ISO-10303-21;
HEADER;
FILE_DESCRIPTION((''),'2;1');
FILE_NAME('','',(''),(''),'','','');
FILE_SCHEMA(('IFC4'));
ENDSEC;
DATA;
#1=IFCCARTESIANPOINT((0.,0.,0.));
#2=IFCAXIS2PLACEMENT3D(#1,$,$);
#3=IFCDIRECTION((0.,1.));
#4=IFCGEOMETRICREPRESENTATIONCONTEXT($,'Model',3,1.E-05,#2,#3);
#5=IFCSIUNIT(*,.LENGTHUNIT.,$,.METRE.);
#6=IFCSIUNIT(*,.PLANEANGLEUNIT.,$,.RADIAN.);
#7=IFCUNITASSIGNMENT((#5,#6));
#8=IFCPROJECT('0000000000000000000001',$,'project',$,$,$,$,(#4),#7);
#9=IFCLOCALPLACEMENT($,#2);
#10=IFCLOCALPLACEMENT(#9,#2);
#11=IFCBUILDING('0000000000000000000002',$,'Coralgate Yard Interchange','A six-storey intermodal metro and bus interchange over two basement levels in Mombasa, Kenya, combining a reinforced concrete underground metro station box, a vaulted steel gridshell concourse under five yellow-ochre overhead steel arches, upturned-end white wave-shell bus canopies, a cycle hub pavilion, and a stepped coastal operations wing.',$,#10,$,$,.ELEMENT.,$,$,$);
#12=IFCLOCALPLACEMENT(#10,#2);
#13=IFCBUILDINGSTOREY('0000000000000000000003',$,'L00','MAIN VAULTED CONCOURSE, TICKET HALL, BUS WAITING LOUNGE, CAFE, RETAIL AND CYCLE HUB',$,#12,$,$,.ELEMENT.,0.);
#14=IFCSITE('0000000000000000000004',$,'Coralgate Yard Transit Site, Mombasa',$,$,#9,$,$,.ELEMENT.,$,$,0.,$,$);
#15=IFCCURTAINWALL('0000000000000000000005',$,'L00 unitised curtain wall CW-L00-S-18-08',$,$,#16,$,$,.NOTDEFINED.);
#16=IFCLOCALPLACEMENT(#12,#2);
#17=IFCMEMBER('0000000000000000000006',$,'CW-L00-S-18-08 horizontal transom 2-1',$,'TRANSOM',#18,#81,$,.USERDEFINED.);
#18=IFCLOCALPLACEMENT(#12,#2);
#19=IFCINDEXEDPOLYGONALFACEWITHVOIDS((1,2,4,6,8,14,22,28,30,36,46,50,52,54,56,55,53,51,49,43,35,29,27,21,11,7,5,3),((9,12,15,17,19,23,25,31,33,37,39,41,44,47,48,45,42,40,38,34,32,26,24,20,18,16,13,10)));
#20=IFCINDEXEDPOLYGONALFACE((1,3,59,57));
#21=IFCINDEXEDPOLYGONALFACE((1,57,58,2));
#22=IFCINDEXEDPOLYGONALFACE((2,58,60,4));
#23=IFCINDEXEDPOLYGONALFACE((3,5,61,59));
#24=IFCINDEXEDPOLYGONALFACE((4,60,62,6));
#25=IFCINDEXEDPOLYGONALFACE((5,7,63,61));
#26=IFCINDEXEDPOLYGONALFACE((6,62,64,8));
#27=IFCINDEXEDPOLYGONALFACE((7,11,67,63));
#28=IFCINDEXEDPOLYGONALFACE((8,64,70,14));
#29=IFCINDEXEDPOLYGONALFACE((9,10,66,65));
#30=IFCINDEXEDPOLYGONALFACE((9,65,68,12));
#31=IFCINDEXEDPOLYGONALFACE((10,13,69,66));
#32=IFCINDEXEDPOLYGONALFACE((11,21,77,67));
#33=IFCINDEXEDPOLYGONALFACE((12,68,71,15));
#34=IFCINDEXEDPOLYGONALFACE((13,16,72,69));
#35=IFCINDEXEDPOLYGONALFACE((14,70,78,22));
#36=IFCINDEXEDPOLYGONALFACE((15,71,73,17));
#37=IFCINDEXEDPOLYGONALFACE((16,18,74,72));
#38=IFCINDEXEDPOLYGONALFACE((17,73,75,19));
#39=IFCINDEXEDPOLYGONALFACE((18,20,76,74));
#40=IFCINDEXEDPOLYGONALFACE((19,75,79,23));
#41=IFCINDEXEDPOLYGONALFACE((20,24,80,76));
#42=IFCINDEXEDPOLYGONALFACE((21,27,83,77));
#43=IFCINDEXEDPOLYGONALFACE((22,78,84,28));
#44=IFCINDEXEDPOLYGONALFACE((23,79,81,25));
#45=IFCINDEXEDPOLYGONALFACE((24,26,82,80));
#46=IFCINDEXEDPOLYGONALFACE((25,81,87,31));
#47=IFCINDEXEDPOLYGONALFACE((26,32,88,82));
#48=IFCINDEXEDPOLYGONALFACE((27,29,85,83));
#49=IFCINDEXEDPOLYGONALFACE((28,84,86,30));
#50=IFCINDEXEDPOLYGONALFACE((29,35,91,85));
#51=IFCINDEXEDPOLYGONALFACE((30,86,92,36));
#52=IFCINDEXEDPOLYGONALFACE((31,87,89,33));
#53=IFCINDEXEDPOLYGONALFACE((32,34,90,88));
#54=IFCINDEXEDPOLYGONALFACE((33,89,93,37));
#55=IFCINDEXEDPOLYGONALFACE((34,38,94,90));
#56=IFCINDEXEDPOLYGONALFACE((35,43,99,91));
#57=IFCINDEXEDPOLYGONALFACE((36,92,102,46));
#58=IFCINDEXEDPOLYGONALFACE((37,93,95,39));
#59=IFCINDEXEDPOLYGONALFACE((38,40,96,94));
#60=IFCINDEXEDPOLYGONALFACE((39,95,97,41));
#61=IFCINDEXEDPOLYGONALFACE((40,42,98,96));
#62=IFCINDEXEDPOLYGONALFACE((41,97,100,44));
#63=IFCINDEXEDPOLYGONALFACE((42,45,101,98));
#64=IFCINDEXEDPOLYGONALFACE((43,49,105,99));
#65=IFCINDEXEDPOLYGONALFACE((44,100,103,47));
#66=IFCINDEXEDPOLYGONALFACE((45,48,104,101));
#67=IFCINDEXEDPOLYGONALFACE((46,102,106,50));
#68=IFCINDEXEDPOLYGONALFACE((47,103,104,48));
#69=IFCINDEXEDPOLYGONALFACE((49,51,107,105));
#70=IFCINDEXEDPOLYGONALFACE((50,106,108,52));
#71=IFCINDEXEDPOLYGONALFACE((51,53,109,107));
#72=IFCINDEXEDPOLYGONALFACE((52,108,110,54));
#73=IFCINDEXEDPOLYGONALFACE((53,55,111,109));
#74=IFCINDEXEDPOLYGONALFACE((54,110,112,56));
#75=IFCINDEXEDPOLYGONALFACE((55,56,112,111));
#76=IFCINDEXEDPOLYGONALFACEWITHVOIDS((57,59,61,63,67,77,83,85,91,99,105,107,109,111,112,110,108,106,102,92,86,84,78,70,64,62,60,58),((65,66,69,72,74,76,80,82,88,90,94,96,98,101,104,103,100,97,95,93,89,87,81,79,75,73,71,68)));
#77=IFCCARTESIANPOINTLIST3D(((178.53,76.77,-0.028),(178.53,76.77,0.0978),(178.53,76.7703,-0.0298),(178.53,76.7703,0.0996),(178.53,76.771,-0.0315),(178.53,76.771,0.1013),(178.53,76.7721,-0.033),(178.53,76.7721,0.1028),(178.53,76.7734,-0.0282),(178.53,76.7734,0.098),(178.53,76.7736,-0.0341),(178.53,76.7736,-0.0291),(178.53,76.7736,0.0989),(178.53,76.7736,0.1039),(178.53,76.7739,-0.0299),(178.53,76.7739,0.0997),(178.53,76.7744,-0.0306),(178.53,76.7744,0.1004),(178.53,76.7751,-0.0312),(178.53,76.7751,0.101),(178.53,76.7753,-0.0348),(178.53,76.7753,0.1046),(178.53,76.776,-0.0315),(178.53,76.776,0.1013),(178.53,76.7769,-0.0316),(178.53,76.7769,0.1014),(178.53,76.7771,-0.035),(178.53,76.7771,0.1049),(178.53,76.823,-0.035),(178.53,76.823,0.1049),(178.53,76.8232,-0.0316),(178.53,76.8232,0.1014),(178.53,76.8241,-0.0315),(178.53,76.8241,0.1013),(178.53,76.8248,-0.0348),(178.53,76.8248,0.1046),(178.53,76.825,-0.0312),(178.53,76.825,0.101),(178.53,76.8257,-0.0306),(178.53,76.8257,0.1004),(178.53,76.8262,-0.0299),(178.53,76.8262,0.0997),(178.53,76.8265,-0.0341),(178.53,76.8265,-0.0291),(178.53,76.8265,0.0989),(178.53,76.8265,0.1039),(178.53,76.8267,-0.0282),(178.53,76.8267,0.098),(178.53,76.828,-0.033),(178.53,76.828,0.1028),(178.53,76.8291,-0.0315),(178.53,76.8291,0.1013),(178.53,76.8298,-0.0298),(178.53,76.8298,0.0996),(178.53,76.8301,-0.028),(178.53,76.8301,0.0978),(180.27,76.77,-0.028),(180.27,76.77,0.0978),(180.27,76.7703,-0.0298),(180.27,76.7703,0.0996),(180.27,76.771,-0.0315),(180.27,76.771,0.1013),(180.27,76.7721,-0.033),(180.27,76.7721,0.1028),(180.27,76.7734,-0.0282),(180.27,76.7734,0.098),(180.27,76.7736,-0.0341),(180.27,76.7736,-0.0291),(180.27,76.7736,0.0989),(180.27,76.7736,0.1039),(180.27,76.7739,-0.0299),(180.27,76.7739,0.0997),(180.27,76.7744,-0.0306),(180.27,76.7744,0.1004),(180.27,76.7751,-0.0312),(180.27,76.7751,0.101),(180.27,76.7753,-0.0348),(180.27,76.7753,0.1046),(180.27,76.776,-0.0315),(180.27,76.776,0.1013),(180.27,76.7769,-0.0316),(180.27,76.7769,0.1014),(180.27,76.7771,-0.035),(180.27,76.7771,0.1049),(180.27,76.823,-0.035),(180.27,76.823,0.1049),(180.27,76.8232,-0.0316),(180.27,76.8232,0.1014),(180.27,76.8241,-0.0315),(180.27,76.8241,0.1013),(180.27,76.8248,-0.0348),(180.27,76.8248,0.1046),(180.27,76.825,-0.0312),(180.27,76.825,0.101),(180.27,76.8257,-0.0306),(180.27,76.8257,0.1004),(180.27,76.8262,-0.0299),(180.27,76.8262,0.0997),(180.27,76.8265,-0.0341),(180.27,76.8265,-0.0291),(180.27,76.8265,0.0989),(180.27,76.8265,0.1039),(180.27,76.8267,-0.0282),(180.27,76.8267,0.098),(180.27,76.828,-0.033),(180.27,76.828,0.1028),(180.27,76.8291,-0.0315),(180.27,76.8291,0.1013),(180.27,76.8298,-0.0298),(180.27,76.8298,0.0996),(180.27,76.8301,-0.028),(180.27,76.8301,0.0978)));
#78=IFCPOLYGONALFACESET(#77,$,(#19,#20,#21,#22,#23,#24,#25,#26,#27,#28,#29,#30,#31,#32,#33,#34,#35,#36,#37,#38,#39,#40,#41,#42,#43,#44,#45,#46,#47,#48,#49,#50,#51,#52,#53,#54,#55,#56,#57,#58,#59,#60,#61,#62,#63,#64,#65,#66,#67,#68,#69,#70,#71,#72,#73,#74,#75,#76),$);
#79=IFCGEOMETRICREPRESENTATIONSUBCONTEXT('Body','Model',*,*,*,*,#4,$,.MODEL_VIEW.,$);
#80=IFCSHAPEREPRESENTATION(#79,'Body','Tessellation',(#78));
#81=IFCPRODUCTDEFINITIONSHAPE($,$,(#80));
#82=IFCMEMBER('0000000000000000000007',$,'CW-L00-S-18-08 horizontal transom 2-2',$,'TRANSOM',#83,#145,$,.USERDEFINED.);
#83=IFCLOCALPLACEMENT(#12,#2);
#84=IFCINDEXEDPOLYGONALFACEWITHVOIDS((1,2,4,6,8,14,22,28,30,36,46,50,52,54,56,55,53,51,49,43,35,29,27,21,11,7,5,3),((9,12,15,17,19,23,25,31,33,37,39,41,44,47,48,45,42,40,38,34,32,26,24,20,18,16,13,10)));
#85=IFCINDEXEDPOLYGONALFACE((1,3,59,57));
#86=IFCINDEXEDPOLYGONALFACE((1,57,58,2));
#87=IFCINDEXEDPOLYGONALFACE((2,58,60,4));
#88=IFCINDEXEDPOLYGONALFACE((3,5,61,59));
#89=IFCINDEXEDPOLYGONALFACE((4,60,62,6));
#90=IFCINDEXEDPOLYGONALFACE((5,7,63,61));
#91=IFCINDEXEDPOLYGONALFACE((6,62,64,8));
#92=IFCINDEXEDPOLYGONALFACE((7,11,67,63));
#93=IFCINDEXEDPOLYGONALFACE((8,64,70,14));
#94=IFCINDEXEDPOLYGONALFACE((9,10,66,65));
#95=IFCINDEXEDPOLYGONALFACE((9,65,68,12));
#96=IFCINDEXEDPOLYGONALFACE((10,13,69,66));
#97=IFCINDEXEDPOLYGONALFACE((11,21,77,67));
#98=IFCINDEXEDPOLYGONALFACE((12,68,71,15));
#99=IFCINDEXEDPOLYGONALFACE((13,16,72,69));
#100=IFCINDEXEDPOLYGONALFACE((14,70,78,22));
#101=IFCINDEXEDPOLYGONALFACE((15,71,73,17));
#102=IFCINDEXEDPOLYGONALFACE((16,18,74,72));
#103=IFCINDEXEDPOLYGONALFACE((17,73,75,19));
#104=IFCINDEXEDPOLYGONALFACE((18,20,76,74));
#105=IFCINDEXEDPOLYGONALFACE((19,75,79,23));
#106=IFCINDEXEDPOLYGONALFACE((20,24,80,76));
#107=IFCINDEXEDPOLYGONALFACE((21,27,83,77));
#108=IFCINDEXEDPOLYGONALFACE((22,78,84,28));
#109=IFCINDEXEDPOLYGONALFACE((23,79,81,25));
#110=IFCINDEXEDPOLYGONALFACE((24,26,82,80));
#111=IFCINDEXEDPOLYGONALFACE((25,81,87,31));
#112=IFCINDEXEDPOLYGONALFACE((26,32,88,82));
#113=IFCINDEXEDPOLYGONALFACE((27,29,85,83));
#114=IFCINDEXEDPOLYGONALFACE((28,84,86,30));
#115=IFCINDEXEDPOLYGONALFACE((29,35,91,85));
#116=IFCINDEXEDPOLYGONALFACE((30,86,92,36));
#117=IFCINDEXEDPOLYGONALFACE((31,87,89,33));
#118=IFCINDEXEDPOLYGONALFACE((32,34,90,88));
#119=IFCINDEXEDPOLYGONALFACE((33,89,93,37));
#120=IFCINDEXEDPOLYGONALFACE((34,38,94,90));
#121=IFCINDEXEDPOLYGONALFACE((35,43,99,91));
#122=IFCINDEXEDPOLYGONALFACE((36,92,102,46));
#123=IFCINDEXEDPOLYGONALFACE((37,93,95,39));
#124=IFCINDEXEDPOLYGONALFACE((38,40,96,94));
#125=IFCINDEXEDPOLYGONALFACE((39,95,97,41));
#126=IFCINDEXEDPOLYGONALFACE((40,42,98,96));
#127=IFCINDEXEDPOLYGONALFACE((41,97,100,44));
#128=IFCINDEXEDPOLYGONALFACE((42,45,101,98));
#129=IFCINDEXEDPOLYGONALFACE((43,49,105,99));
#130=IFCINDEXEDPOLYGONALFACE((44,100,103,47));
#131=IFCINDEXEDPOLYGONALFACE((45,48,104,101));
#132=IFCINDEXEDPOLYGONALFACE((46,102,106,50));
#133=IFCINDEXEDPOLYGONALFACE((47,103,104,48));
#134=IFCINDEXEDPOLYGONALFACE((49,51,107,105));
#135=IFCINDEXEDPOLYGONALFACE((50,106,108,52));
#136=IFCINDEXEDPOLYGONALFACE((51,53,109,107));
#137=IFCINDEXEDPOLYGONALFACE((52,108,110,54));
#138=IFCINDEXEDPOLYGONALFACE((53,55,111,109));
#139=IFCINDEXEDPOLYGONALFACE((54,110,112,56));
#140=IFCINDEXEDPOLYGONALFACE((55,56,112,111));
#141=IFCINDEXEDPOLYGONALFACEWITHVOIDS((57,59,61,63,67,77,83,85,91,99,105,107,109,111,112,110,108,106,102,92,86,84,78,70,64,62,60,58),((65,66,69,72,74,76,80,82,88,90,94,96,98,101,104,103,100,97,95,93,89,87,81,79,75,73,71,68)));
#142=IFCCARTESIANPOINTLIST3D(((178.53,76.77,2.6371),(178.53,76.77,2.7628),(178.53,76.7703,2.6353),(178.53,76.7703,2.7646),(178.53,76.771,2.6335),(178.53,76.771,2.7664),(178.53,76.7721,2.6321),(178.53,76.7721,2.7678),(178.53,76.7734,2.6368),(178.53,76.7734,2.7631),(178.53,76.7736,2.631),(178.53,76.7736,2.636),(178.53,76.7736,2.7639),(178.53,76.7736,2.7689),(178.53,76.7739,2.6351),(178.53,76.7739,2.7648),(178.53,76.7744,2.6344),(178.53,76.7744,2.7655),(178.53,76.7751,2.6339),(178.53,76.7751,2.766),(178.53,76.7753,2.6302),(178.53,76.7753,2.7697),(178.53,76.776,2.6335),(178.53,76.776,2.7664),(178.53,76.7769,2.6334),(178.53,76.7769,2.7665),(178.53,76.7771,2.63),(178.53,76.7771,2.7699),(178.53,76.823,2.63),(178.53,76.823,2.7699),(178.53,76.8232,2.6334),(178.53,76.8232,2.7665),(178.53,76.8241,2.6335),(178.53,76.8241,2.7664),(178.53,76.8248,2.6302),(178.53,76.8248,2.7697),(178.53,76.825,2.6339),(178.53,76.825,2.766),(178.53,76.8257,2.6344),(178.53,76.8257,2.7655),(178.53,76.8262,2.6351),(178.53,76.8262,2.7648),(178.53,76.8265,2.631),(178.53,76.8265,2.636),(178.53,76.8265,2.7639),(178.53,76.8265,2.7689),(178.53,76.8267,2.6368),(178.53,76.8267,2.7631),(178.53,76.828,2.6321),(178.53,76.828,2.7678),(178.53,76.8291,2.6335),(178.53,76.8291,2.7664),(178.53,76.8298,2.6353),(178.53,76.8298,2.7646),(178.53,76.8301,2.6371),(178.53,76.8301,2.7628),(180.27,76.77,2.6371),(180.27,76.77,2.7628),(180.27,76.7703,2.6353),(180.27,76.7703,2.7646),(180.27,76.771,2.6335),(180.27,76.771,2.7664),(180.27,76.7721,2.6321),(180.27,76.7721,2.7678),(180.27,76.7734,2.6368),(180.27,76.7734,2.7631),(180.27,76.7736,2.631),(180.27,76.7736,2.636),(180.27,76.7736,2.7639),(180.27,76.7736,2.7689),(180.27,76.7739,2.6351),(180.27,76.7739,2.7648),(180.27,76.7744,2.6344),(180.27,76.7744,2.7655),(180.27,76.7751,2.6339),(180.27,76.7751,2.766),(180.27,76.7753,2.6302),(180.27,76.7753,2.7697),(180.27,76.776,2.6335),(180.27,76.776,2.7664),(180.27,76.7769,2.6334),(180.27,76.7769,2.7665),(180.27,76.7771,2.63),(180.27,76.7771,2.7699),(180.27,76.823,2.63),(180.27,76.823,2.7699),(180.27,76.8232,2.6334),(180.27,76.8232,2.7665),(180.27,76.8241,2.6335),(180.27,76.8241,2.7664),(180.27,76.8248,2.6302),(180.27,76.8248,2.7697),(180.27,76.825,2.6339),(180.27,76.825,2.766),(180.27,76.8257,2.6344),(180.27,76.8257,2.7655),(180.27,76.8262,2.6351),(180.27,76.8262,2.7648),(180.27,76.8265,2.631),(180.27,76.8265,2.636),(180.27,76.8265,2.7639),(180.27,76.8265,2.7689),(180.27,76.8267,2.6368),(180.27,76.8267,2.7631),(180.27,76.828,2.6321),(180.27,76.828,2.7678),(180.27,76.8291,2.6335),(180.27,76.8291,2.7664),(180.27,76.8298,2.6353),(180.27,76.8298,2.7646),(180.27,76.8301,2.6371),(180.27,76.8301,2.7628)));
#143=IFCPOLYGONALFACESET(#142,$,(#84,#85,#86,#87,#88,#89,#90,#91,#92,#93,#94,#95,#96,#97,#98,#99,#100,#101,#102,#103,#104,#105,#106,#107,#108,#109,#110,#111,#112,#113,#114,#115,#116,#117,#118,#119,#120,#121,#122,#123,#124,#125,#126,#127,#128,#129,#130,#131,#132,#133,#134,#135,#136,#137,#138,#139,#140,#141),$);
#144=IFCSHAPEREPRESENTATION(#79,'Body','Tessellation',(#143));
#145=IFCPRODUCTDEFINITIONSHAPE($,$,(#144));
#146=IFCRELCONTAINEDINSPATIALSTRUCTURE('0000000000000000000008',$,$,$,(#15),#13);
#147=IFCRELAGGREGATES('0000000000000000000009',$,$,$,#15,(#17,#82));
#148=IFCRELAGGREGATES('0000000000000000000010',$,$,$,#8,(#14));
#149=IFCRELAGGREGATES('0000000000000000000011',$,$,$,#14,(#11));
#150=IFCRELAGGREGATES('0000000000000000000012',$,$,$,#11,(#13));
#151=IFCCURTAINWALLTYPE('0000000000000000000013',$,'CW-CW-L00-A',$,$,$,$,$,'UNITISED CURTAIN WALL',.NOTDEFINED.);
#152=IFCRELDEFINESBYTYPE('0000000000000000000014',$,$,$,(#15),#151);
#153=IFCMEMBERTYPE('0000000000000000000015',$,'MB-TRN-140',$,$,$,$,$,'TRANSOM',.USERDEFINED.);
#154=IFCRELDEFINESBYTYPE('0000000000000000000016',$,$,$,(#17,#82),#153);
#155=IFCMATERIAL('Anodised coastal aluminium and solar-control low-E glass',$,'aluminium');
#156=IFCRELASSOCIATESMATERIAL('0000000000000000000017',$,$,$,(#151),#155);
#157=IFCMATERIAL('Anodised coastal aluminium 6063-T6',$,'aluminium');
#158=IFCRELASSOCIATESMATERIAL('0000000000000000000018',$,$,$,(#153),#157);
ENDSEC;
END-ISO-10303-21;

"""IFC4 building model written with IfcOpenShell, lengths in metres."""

from ifc_helpers import new_model, si_unit, direction, frame, origin, origin_2d, place, context, subcontext, project, spatial, hollow_rectangle, extrude, material, material_profile, profile_set, type_object, element, aggregate, save


model = new_model("IFC4")

# Units and contexts
model_context = context("Model", 3, precision=1e-05, world=origin(), true_north=direction((0.0, 1.0)))
body_context = subcontext(model_context, "Body", "Model", "MODEL_VIEW")
ifc_project = project(units=[si_unit("LENGTHUNIT", "METRE"), si_unit("PLANEANGLEUNIT", "RADIAN")], contexts=[model_context])

# Site, building, storey
site_placement = place(None, origin())
site = spatial("IfcSite", under=ifc_project, at=site_placement, Name="Coralgate Yard Transit Site, Mombasa", CompositionType="ELEMENT", RefElevation=0.0)
building_placement = place(site_placement, origin())
building = spatial("IfcBuilding", under=site, at=building_placement, Name="Coralgate Yard Interchange", Description="A six-storey intermodal metro and bus interchange over two basement levels in Mombasa, Kenya, combining a reinforced concrete underground metro station box, a vaulted steel gridshell concourse under five yellow-ochre overhead steel arches, upturned-end white wave-shell bus canopies, a cycle hub pavilion, and a stepped coastal operations wing.", CompositionType="ELEMENT")
storey_placement = place(building_placement, origin())
storey = spatial("IfcBuildingStorey", under=building, at=storey_placement, Name="L00", Description="MAIN VAULTED CONCOURSE, TICKET HALL, BUS WAITING LOUNGE, CAFE, RETAIL AND CYCLE HUB", CompositionType="ELEMENT", Elevation=0.0)

# Curtain wall
ifc_material_1 = material(Name="Anodised coastal aluminium and solar-control low-E glass", Category="aluminium")
curtain_wall_type_1 = type_object("IfcCurtainWallType", Name="CW-CW-L00-A", ElementType="UNITISED CURTAIN WALL", PredefinedType="NOTDEFINED", material=ifc_material_1)
curtain_wall_1_placement = place(storey_placement, origin())
curtain_wall_1 = element("IfcCurtainWall", 1, at=curtain_wall_1_placement, inside=storey, type_object=curtain_wall_type_1, Name="L00 unitised curtain wall CW-L00-S-18-08", PredefinedType="NOTDEFINED")
ifc_material_2 = material(Name="Anodised coastal aluminium 6063-T6", Category="aluminium")

# Members
ifc_material_profile_1 = material_profile(ifc_material_2, hollow_rectangle(XDim=0.0601, YDim=0.1399, WallThickness=0.0034, InnerFilletRadius=0.0034, OuterFilletRadius=0.0071, at=origin_2d()), Name="ALU 60x140x3.5")
ifc_profile_set_1 = profile_set([ifc_material_profile_1], Name="Anodised coastal aluminium 6063-T6")
member_type_1 = type_object("IfcMemberType", Name="MB-TRN-140", ElementType="TRANSOM", PredefinedType="USERDEFINED", material=ifc_profile_set_1)
member_1_placement = place(storey_placement, frame((180.27, 76.8, 0.0349), z_axis=(-1.0, 0.0, 0.0), x_axis=(0.0, -1.0, 0.0)))
member_1 = element("IfcMember", 2, at=member_1_placement, type_object=member_type_1, Name="CW-L00-S-18-08 horizontal transom 2-1", ObjectType="TRANSOM", PredefinedType="USERDEFINED", context=body_context, shape_type="SweptSolid", body=[
    extrude(hollow_rectangle(XDim=0.0601, YDim=0.1399, WallThickness=0.0034, InnerFilletRadius=0.0034, OuterFilletRadius=0.0071, at=origin_2d()), origin(), (0.0, 0.0, 1.0), 1.74),
])
member_2_placement = place(storey_placement, frame((180.27, 76.8, 2.7), z_axis=(-1.0, 0.0, 0.0), x_axis=(0.0, -1.0, 0.0)))
member_2 = element("IfcMember", 3, at=member_2_placement, type_object=member_type_1, Name="CW-L00-S-18-08 horizontal transom 2-2", ObjectType="TRANSOM", PredefinedType="USERDEFINED", context=body_context, shape_type="SweptSolid", body=[
    extrude(hollow_rectangle(XDim=0.0601, YDim=0.1399, WallThickness=0.0034, InnerFilletRadius=0.0034, OuterFilletRadius=0.0071, at=origin_2d()), origin(), (0.0, 0.0, 1.0), 1.74),
])

aggregate(curtain_wall_1, [member_1, member_2])

save(model, "model.ifc")
